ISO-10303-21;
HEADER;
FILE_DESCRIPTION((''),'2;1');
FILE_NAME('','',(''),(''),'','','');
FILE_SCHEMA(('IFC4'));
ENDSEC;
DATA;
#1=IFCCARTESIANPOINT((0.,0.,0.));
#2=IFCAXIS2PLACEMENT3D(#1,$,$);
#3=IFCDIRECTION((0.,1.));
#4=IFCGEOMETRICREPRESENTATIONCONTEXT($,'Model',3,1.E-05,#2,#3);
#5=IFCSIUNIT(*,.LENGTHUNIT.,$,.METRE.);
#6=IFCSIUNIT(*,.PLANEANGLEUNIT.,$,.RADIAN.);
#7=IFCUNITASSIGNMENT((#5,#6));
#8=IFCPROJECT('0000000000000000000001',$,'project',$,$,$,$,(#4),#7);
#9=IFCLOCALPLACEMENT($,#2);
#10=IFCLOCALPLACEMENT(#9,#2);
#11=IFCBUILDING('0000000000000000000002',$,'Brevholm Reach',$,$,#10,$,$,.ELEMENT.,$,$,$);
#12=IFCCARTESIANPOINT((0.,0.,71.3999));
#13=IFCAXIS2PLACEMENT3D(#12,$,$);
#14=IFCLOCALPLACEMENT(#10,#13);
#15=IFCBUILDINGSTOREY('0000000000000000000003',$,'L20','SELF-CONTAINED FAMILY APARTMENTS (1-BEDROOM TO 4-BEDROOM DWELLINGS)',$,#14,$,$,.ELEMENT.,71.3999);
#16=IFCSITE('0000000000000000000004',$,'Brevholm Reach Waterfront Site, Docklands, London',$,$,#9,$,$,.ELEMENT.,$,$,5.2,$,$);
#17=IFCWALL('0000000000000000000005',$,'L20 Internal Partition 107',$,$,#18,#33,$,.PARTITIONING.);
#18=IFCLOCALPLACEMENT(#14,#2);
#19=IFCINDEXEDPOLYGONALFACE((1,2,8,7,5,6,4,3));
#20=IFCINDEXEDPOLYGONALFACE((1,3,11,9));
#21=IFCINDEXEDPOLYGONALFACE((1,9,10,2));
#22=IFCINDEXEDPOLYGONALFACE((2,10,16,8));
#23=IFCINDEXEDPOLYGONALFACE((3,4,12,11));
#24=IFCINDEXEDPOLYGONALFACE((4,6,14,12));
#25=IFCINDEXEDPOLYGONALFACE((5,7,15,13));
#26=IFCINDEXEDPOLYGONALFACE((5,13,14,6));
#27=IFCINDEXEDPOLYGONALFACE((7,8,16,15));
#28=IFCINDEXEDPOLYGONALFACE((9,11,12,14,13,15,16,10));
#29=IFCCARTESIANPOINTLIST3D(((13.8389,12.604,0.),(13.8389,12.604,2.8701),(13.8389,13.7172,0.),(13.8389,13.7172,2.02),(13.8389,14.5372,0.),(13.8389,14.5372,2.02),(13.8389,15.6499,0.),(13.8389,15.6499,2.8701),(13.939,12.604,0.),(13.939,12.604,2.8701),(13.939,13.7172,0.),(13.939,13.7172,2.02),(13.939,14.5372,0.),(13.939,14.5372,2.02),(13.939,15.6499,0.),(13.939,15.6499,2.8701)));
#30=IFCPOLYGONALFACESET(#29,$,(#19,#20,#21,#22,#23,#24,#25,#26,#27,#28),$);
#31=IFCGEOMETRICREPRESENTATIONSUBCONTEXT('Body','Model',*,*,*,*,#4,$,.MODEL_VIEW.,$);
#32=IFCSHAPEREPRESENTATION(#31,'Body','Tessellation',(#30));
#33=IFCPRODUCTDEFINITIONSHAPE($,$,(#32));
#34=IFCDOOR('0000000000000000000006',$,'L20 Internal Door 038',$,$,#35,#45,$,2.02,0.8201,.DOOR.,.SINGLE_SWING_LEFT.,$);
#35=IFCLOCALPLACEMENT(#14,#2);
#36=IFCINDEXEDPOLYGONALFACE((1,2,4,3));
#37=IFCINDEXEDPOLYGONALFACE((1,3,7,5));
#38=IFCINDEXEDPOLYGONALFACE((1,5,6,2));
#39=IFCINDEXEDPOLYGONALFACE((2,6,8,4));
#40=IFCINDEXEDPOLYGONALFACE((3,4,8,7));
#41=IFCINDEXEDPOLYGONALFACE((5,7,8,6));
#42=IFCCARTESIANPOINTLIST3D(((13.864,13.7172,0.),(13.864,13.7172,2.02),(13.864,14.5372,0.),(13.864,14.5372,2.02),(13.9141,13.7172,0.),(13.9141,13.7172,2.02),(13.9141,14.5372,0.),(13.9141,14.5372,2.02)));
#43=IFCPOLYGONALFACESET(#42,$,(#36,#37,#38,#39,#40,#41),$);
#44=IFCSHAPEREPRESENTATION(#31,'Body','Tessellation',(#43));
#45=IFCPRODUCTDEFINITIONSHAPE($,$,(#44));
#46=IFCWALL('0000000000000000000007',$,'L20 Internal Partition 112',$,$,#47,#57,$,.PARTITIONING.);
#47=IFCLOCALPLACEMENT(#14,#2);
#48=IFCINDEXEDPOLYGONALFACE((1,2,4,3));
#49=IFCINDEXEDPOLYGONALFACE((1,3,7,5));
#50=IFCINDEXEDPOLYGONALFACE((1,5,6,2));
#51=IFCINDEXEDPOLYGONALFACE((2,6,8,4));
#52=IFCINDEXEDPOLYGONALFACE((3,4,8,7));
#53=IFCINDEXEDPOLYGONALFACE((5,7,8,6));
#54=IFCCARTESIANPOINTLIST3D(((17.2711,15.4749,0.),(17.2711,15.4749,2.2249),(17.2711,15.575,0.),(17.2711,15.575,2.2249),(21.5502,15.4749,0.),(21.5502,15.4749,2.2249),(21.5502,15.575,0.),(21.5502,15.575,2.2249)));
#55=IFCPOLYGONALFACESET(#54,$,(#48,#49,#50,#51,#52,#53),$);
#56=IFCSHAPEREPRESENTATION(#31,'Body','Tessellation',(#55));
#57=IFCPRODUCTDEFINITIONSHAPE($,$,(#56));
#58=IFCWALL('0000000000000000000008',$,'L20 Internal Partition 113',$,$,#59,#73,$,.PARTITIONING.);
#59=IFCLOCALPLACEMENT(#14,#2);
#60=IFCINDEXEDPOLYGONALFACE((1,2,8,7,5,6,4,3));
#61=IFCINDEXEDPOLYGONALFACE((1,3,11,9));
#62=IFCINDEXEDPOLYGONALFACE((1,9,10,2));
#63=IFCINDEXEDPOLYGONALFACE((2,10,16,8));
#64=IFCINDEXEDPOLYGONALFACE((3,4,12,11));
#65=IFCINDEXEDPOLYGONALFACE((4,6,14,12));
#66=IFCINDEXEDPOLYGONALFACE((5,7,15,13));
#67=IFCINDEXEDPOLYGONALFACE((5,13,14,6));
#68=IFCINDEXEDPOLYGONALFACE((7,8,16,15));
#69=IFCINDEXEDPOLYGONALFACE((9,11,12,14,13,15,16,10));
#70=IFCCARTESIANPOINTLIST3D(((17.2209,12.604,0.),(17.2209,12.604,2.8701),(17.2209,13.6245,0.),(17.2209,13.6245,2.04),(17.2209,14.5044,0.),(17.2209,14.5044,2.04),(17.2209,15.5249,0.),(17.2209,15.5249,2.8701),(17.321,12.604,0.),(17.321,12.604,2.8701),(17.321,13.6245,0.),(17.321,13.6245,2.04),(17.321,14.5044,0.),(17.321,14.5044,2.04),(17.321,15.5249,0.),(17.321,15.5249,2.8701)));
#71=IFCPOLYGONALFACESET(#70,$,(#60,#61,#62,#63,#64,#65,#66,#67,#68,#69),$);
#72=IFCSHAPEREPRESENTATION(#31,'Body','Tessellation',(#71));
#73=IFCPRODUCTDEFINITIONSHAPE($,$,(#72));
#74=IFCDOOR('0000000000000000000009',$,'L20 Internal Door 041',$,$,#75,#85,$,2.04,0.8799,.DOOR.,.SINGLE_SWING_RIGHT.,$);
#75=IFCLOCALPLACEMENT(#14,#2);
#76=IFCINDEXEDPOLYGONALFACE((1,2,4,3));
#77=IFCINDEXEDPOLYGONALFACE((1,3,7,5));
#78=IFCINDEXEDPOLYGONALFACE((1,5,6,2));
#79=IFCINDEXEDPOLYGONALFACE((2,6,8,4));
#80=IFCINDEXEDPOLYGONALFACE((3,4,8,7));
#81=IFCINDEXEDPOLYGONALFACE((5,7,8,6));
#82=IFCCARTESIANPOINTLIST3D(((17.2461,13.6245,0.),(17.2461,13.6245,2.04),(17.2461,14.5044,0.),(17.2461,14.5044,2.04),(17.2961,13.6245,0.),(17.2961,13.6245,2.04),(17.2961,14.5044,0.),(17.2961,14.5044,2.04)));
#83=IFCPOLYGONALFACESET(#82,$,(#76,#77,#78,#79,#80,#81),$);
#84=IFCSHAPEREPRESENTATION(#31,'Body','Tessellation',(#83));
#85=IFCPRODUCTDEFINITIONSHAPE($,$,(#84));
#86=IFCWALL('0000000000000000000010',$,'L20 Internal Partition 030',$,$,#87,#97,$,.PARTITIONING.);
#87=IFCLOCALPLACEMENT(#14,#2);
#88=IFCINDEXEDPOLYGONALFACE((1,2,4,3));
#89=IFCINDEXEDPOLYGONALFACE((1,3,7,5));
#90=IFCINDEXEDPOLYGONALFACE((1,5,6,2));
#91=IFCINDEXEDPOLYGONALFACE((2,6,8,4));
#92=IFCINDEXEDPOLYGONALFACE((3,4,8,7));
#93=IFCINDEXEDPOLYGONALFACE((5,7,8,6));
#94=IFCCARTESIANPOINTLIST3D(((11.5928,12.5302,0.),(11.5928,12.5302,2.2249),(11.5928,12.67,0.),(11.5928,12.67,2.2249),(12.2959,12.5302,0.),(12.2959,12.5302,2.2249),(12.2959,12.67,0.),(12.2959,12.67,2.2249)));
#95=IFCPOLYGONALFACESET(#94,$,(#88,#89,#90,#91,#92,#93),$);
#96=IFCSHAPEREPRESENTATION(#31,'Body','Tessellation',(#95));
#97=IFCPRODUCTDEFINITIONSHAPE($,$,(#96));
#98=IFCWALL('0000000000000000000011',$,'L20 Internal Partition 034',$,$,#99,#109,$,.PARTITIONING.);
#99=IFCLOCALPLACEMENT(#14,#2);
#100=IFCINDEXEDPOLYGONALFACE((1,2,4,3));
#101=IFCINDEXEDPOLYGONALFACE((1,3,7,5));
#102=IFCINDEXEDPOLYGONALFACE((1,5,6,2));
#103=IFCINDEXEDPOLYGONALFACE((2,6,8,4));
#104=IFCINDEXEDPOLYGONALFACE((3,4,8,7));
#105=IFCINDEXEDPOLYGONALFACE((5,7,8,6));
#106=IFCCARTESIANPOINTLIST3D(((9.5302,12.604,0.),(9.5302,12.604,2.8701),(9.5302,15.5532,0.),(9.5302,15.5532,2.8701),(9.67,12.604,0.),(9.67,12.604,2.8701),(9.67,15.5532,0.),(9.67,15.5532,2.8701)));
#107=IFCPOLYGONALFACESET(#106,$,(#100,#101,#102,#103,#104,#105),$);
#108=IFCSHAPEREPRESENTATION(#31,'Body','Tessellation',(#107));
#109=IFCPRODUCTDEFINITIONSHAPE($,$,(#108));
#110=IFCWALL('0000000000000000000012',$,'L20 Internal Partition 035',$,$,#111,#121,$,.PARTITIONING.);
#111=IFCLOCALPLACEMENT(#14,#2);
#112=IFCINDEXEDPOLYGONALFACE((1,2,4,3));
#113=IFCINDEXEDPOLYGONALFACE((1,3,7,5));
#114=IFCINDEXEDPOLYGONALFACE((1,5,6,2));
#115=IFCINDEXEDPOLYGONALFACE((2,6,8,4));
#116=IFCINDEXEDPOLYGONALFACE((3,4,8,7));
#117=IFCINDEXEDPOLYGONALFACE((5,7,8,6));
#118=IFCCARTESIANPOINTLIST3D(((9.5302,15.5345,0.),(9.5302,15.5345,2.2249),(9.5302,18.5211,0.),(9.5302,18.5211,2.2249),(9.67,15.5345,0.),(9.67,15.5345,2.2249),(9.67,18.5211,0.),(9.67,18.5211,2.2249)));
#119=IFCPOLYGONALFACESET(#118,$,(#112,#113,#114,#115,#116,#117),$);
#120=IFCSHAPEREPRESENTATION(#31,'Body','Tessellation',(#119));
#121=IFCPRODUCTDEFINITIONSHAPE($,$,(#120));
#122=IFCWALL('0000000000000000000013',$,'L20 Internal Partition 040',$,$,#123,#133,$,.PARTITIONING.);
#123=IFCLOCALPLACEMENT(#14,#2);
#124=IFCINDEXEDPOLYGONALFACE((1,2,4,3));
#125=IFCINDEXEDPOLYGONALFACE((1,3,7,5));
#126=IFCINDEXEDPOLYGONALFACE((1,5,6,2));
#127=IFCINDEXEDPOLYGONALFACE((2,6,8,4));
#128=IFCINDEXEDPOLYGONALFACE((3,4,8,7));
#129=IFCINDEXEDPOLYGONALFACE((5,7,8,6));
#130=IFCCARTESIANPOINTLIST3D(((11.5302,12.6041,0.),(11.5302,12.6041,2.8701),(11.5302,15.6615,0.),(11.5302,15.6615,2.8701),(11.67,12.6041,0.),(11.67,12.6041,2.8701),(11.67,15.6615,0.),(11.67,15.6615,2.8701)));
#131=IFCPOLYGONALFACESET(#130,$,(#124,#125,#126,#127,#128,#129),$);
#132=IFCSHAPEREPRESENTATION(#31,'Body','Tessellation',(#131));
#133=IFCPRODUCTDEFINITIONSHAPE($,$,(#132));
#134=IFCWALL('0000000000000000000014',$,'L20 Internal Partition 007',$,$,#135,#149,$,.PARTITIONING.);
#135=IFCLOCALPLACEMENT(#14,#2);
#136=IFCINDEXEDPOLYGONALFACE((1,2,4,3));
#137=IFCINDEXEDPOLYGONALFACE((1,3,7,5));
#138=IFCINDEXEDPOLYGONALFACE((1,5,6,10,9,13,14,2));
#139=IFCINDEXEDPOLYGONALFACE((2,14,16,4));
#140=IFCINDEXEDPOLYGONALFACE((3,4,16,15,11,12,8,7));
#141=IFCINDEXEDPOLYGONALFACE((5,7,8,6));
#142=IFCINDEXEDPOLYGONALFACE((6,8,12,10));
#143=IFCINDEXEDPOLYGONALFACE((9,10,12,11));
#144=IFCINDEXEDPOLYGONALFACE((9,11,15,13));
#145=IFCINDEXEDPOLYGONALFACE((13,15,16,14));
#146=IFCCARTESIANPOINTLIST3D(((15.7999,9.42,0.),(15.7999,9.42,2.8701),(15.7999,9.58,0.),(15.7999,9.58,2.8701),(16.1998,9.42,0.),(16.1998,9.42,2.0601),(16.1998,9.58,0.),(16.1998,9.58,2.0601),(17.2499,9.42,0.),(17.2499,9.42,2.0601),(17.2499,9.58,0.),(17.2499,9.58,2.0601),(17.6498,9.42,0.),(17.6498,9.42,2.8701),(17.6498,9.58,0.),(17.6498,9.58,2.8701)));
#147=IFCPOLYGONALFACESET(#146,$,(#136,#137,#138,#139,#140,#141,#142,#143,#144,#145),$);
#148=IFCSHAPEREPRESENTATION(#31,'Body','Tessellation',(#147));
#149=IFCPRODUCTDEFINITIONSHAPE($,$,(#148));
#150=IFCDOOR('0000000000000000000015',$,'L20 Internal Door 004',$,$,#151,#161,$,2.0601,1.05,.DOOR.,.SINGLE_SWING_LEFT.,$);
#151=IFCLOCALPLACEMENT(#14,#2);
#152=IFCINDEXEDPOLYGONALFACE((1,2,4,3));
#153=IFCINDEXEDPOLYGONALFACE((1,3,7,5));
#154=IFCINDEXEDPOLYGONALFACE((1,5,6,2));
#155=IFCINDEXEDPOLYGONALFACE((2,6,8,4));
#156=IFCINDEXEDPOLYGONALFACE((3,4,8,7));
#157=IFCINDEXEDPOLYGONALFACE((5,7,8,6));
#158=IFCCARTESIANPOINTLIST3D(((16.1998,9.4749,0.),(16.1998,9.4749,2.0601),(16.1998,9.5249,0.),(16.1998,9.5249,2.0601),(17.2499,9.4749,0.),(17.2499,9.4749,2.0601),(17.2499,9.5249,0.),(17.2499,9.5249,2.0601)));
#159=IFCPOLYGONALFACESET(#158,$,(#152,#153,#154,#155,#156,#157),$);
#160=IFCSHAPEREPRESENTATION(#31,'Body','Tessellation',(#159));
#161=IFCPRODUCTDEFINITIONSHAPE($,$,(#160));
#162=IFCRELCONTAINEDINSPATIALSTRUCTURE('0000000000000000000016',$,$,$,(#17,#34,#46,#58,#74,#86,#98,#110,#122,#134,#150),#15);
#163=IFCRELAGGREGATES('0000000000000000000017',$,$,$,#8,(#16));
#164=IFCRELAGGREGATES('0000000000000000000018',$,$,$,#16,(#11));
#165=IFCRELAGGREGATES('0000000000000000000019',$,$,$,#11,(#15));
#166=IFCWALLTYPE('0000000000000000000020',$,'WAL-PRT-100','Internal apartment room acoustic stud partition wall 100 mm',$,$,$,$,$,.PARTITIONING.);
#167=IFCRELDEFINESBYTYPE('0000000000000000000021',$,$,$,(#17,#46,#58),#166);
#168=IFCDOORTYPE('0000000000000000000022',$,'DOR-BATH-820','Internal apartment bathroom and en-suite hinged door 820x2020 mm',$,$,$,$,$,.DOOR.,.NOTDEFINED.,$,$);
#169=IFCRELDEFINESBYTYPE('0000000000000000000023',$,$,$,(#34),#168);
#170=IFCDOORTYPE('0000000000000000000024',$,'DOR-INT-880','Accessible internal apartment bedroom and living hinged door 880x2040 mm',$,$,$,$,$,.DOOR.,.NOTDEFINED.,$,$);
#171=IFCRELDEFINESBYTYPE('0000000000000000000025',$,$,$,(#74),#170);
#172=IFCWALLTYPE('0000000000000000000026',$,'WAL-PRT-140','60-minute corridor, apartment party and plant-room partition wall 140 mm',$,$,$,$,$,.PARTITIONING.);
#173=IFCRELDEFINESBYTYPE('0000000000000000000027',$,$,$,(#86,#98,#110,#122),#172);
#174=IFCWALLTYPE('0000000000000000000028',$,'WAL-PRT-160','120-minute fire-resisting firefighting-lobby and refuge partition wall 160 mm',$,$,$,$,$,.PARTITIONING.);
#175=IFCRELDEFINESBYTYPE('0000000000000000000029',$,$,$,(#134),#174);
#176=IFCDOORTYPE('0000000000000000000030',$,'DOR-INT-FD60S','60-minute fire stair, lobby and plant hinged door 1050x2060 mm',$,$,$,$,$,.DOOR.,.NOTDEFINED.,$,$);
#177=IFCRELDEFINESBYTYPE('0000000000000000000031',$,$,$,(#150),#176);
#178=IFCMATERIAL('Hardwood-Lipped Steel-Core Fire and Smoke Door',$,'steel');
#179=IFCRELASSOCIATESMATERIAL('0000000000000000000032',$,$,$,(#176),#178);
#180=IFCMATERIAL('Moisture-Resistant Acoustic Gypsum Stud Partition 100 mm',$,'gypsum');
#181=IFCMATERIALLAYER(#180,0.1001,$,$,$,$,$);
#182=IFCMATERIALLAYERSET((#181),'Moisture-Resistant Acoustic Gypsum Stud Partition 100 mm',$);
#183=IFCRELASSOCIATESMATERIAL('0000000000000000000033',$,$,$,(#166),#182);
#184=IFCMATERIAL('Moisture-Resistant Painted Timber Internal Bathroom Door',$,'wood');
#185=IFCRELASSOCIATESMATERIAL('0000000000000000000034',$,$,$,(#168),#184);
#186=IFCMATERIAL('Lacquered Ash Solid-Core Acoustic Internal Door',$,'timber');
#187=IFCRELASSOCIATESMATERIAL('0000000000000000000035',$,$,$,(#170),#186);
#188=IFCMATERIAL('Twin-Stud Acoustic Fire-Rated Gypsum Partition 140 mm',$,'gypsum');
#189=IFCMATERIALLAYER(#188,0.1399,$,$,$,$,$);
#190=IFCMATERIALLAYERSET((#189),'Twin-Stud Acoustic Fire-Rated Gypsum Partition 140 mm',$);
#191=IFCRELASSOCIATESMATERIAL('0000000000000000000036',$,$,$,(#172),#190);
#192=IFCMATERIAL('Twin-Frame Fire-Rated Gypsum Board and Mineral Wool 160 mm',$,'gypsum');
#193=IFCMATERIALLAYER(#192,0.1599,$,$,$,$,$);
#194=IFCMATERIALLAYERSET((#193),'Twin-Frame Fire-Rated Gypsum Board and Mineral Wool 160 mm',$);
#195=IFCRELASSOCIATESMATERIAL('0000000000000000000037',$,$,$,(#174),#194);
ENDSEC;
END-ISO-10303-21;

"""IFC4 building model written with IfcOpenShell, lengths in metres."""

from ifc_helpers import new_model, si_unit, direction, frame, frame_2d, origin, place, context, subcontext, project, spatial, rectangle, extrude, material, layer, layer_set, type_object, element, fill, save


model = new_model("IFC4")

# Units and contexts
model_context = context("Model", 3, precision=1e-05, world=origin(), true_north=direction((0.0, 1.0)))
body_context = subcontext(model_context, "Body", "Model", "MODEL_VIEW")
ifc_project = project(units=[si_unit("LENGTHUNIT", "METRE"), si_unit("PLANEANGLEUNIT", "RADIAN")], contexts=[model_context])

# Site, building, storey
site_placement = place(None, origin())
site = spatial("IfcSite", under=ifc_project, at=site_placement, Name="Brevholm Reach Waterfront Site, Docklands, London", CompositionType="ELEMENT", RefElevation=5.2)
building_placement = place(site_placement, origin())
building = spatial("IfcBuilding", under=site, at=building_placement, Name="Brevholm Reach", CompositionType="ELEMENT")
storey_placement = place(building_placement, frame((0.0, 0.0, 71.3999)))
storey = spatial("IfcBuildingStorey", under=building, at=storey_placement, Name="L20", Description="SELF-CONTAINED FAMILY APARTMENTS (1-BEDROOM TO 4-BEDROOM DWELLINGS)", CompositionType="ELEMENT", Elevation=71.3999)

# Wall, opening, door
ifc_material_1 = material(Name="Hardwood-Lipped Steel-Core Fire and Smoke Door", Category="steel")
door_type_1 = type_object("IfcDoorType", Name="DOR-INT-FD60S", Description="60-minute fire stair, lobby and plant hinged door 1050x2060 mm", OperationType="NOTDEFINED", PredefinedType="DOOR", material=ifc_material_1)
ifc_material_2 = material(Name="Moisture-Resistant Acoustic Gypsum Stud Partition 100 mm", Category="gypsum")
ifc_layer_1 = layer(ifc_material_2, 0.1001)
ifc_layer_set_1 = layer_set([ifc_layer_1], Name="Moisture-Resistant Acoustic Gypsum Stud Partition 100 mm")
wall_type_1 = type_object("IfcWallType", Name="WAL-PRT-100", Description="Internal apartment room acoustic stud partition wall 100 mm", PredefinedType="PARTITIONING", material=ifc_layer_set_1)
wall_1_placement = place(storey_placement, frame((13.8889, 12.604, 0.0), z_axis=(0.0, 0.0, 1.0), x_axis=(0.0, 1.0, 0.0)))
wall_1 = element("IfcWall", 1, at=wall_1_placement, inside=storey, type_object=wall_type_1, Name="L20 Internal Partition 107", PredefinedType="PARTITIONING", context=body_context, shape_type="SweptSolid", body=[
    extrude(rectangle(XDim=3.0459, YDim=0.1001, at=frame_2d((1.5229, 0.0))), origin(), (0.0, 0.0, 1.0), 2.8701),
])
opening_1_placement = place(wall_1_placement, frame((1.113, 0.0, 0.0)))
opening_1 = element("IfcOpeningElement", 2, at=opening_1_placement, cuts=wall_1, PredefinedType="OPENING", context=body_context, shape_type="SweptSolid", body=[
    extrude(rectangle(XDim=0.8201, YDim=2.02, at=frame_2d((0.4102, 1.01))), frame((0.0, 0.0601, 0.0), z_axis=(0.0, -1.0, 0.0), x_axis=(1.0, 0.0, 0.0)), (0.0, 0.0, 1.0), 0.1201),
])
ifc_material_3 = material(Name="Moisture-Resistant Painted Timber Internal Bathroom Door", Category="wood")
door_type_2 = type_object("IfcDoorType", Name="DOR-BATH-820", Description="Internal apartment bathroom and en-suite hinged door 820x2020 mm", OperationType="NOTDEFINED", PredefinedType="DOOR", material=ifc_material_3)
door_1_placement = place(opening_1_placement, origin())
door_1 = element("IfcDoor", 3, at=door_1_placement, inside=storey, type_object=door_type_2, Name="L20 Internal Door 038", OperationType="SINGLE_SWING_LEFT", OverallHeight=2.02, OverallWidth=0.8201, PredefinedType="DOOR", context=body_context, shape_type="SweptSolid", body=[
    extrude(rectangle(XDim=0.8201, YDim=2.02, at=frame_2d((0.4102, 1.01))), frame((0.0, 0.0249, 0.0), z_axis=(0.0, -1.0, 0.0), x_axis=(1.0, 0.0, 0.0)), (0.0, 0.0, 1.0), 0.05),
])
fill(opening_1, door_1)

# Wall
wall_2_placement = place(storey_placement, frame((17.271, 15.5249, 0.0), z_axis=(0.0, 0.0, 1.0), x_axis=(1.0, 0.0, 0.0)))
element("IfcWall", 4, at=wall_2_placement, inside=storey, type_object=wall_type_1, Name="L20 Internal Partition 112", PredefinedType="PARTITIONING", context=body_context, shape_type="SweptSolid", body=[
    extrude(rectangle(XDim=4.2791, YDim=0.1001, at=frame_2d((2.1396, 0.0))), origin(), (0.0, 0.0, 1.0), 2.2249),
])

# Wall, opening, door
wall_3_placement = place(storey_placement, frame((17.271, 12.604, 0.0), z_axis=(0.0, 0.0, 1.0), x_axis=(0.0, 1.0, 0.0)))
wall_3 = element("IfcWall", 5, at=wall_3_placement, inside=storey, type_object=wall_type_1, Name="L20 Internal Partition 113", PredefinedType="PARTITIONING", context=body_context, shape_type="SweptSolid", body=[
    extrude(rectangle(XDim=2.9209, YDim=0.1001, at=frame_2d((1.4604, 0.0))), origin(), (0.0, 0.0, 1.0), 2.8701),
])
opening_2_placement = place(wall_3_placement, frame((1.0205, 0.0, 0.0)))
opening_2 = element("IfcOpeningElement", 6, at=opening_2_placement, cuts=wall_3, PredefinedType="OPENING", context=body_context, shape_type="SweptSolid", body=[
    extrude(rectangle(XDim=0.8799, YDim=2.04, at=frame_2d((0.4399, 1.02))), frame((0.0, 0.0601, 0.0), z_axis=(0.0, -1.0, 0.0), x_axis=(1.0, 0.0, 0.0)), (0.0, 0.0, 1.0), 0.1201),
])
ifc_material_4 = material(Name="Lacquered Ash Solid-Core Acoustic Internal Door", Category="timber")
door_type_3 = type_object("IfcDoorType", Name="DOR-INT-880", Description="Accessible internal apartment bedroom and living hinged door 880x2040 mm", OperationType="NOTDEFINED", PredefinedType="DOOR", material=ifc_material_4)
door_2_placement = place(opening_2_placement, origin())
door_2 = element("IfcDoor", 7, at=door_2_placement, inside=storey, type_object=door_type_3, Name="L20 Internal Door 041", OperationType="SINGLE_SWING_RIGHT", OverallHeight=2.04, OverallWidth=0.8799, PredefinedType="DOOR", context=body_context, shape_type="SweptSolid", body=[
    extrude(rectangle(XDim=0.8799, YDim=2.04, at=frame_2d((0.4399, 1.02))), frame((0.0, 0.0249, 0.0), z_axis=(0.0, -1.0, 0.0), x_axis=(1.0, 0.0, 0.0)), (0.0, 0.0, 1.0), 0.05),
])
fill(opening_2, door_2)

# Walls
ifc_material_5 = material(Name="Twin-Stud Acoustic Fire-Rated Gypsum Partition 140 mm", Category="gypsum")
ifc_layer_2 = layer(ifc_material_5, 0.1399)
ifc_layer_set_2 = layer_set([ifc_layer_2], Name="Twin-Stud Acoustic Fire-Rated Gypsum Partition 140 mm")
wall_type_2 = type_object("IfcWallType", Name="WAL-PRT-140", Description="60-minute corridor, apartment party and plant-room partition wall 140 mm", PredefinedType="PARTITIONING", material=ifc_layer_set_2)
wall_4_placement = place(storey_placement, frame((11.5928, 12.6001, 0.0), z_axis=(0.0, 0.0, 1.0), x_axis=(1.0, 0.0, 0.0)))
element("IfcWall", 8, at=wall_4_placement, inside=storey, type_object=wall_type_2, Name="L20 Internal Partition 030", PredefinedType="PARTITIONING", context=body_context, shape_type="SweptSolid", body=[
    extrude(rectangle(XDim=0.7031, YDim=0.1399, at=frame_2d((0.3516, 0.0))), origin(), (0.0, 0.0, 1.0), 2.2249),
])
wall_5_placement = place(storey_placement, frame((9.6001, 12.604, 0.0), z_axis=(0.0, 0.0, 1.0), x_axis=(0.0, 1.0, 0.0)))
element("IfcWall", 9, at=wall_5_placement, inside=storey, type_object=wall_type_2, Name="L20 Internal Partition 034", PredefinedType="PARTITIONING", context=body_context, shape_type="SweptSolid", body=[
    extrude(rectangle(XDim=2.9492, YDim=0.1399, at=frame_2d((1.4746, 0.0))), origin(), (0.0, 0.0, 1.0), 2.8701),
])
wall_6_placement = place(storey_placement, frame((9.6001, 15.5347, 0.0), z_axis=(0.0, 0.0, 1.0), x_axis=(0.0, 1.0, 0.0)))
element("IfcWall", 10, at=wall_6_placement, inside=storey, type_object=wall_type_2, Name="L20 Internal Partition 035", PredefinedType="PARTITIONING", context=body_context, shape_type="SweptSolid", body=[
    extrude(rectangle(XDim=2.9866, YDim=0.1399, at=frame_2d((1.4932, 0.0))), origin(), (0.0, 0.0, 1.0), 2.2249),
])
wall_7_placement = place(storey_placement, frame((11.6001, 12.604, 0.0), z_axis=(0.0, 0.0, 1.0), x_axis=(0.0, 1.0, 0.0)))
element("IfcWall", 11, at=wall_7_placement, inside=storey, type_object=wall_type_2, Name="L20 Internal Partition 040", PredefinedType="PARTITIONING", context=body_context, shape_type="SweptSolid", body=[
    extrude(rectangle(XDim=3.0574, YDim=0.1399, at=frame_2d((1.5288, 0.0))), origin(), (0.0, 0.0, 1.0), 2.8701),
])

# Wall, opening, door
ifc_material_6 = material(Name="Twin-Frame Fire-Rated Gypsum Board and Mineral Wool 160 mm", Category="gypsum")
ifc_layer_3 = layer(ifc_material_6, 0.1599)
ifc_layer_set_3 = layer_set([ifc_layer_3], Name="Twin-Frame Fire-Rated Gypsum Board and Mineral Wool 160 mm")
wall_type_3 = type_object("IfcWallType", Name="WAL-PRT-160", Description="120-minute fire-resisting firefighting-lobby and refuge partition wall 160 mm", PredefinedType="PARTITIONING", material=ifc_layer_set_3)
wall_8_placement = place(storey_placement, frame((15.8, 9.5, 0.0), z_axis=(0.0, 0.0, 1.0), x_axis=(1.0, 0.0, 0.0)))
wall_8 = element("IfcWall", 12, at=wall_8_placement, inside=storey, type_object=wall_type_3, Name="L20 Internal Partition 007", PredefinedType="PARTITIONING", context=body_context, shape_type="SweptSolid", body=[
    extrude(rectangle(XDim=1.8499, YDim=0.1599, at=frame_2d((0.9248, 0.0))), origin(), (0.0, 0.0, 1.0), 2.8701),
])
opening_3_placement = place(wall_8_placement, frame((0.3999, 0.0, 0.0)))
opening_3 = element("IfcOpeningElement", 13, at=opening_3_placement, cuts=wall_8, PredefinedType="OPENING", context=body_context, shape_type="SweptSolid", body=[
    extrude(rectangle(XDim=1.05, YDim=2.0601, at=frame_2d((0.5249, 1.03))), frame((0.0, 0.0898, 0.0), z_axis=(0.0, -1.0, 0.0), x_axis=(1.0, 0.0, 0.0)), (0.0, 0.0, 1.0), 0.1799),
])
door_3_placement = place(opening_3_placement, origin())
door_3 = element("IfcDoor", 14, at=door_3_placement, inside=storey, type_object=door_type_1, Name="L20 Internal Door 004", OperationType="SINGLE_SWING_LEFT", OverallHeight=2.0601, OverallWidth=1.05, PredefinedType="DOOR", context=body_context, shape_type="SweptSolid", body=[
    extrude(rectangle(XDim=1.05, YDim=2.0601, at=frame_2d((0.5249, 1.03))), frame((0.0, 0.0249, 0.0), z_axis=(0.0, -1.0, 0.0), x_axis=(1.0, 0.0, 0.0)), (0.0, 0.0, 1.0), 0.05),
])
fill(opening_3, door_3)

save(model, "model.ifc")
